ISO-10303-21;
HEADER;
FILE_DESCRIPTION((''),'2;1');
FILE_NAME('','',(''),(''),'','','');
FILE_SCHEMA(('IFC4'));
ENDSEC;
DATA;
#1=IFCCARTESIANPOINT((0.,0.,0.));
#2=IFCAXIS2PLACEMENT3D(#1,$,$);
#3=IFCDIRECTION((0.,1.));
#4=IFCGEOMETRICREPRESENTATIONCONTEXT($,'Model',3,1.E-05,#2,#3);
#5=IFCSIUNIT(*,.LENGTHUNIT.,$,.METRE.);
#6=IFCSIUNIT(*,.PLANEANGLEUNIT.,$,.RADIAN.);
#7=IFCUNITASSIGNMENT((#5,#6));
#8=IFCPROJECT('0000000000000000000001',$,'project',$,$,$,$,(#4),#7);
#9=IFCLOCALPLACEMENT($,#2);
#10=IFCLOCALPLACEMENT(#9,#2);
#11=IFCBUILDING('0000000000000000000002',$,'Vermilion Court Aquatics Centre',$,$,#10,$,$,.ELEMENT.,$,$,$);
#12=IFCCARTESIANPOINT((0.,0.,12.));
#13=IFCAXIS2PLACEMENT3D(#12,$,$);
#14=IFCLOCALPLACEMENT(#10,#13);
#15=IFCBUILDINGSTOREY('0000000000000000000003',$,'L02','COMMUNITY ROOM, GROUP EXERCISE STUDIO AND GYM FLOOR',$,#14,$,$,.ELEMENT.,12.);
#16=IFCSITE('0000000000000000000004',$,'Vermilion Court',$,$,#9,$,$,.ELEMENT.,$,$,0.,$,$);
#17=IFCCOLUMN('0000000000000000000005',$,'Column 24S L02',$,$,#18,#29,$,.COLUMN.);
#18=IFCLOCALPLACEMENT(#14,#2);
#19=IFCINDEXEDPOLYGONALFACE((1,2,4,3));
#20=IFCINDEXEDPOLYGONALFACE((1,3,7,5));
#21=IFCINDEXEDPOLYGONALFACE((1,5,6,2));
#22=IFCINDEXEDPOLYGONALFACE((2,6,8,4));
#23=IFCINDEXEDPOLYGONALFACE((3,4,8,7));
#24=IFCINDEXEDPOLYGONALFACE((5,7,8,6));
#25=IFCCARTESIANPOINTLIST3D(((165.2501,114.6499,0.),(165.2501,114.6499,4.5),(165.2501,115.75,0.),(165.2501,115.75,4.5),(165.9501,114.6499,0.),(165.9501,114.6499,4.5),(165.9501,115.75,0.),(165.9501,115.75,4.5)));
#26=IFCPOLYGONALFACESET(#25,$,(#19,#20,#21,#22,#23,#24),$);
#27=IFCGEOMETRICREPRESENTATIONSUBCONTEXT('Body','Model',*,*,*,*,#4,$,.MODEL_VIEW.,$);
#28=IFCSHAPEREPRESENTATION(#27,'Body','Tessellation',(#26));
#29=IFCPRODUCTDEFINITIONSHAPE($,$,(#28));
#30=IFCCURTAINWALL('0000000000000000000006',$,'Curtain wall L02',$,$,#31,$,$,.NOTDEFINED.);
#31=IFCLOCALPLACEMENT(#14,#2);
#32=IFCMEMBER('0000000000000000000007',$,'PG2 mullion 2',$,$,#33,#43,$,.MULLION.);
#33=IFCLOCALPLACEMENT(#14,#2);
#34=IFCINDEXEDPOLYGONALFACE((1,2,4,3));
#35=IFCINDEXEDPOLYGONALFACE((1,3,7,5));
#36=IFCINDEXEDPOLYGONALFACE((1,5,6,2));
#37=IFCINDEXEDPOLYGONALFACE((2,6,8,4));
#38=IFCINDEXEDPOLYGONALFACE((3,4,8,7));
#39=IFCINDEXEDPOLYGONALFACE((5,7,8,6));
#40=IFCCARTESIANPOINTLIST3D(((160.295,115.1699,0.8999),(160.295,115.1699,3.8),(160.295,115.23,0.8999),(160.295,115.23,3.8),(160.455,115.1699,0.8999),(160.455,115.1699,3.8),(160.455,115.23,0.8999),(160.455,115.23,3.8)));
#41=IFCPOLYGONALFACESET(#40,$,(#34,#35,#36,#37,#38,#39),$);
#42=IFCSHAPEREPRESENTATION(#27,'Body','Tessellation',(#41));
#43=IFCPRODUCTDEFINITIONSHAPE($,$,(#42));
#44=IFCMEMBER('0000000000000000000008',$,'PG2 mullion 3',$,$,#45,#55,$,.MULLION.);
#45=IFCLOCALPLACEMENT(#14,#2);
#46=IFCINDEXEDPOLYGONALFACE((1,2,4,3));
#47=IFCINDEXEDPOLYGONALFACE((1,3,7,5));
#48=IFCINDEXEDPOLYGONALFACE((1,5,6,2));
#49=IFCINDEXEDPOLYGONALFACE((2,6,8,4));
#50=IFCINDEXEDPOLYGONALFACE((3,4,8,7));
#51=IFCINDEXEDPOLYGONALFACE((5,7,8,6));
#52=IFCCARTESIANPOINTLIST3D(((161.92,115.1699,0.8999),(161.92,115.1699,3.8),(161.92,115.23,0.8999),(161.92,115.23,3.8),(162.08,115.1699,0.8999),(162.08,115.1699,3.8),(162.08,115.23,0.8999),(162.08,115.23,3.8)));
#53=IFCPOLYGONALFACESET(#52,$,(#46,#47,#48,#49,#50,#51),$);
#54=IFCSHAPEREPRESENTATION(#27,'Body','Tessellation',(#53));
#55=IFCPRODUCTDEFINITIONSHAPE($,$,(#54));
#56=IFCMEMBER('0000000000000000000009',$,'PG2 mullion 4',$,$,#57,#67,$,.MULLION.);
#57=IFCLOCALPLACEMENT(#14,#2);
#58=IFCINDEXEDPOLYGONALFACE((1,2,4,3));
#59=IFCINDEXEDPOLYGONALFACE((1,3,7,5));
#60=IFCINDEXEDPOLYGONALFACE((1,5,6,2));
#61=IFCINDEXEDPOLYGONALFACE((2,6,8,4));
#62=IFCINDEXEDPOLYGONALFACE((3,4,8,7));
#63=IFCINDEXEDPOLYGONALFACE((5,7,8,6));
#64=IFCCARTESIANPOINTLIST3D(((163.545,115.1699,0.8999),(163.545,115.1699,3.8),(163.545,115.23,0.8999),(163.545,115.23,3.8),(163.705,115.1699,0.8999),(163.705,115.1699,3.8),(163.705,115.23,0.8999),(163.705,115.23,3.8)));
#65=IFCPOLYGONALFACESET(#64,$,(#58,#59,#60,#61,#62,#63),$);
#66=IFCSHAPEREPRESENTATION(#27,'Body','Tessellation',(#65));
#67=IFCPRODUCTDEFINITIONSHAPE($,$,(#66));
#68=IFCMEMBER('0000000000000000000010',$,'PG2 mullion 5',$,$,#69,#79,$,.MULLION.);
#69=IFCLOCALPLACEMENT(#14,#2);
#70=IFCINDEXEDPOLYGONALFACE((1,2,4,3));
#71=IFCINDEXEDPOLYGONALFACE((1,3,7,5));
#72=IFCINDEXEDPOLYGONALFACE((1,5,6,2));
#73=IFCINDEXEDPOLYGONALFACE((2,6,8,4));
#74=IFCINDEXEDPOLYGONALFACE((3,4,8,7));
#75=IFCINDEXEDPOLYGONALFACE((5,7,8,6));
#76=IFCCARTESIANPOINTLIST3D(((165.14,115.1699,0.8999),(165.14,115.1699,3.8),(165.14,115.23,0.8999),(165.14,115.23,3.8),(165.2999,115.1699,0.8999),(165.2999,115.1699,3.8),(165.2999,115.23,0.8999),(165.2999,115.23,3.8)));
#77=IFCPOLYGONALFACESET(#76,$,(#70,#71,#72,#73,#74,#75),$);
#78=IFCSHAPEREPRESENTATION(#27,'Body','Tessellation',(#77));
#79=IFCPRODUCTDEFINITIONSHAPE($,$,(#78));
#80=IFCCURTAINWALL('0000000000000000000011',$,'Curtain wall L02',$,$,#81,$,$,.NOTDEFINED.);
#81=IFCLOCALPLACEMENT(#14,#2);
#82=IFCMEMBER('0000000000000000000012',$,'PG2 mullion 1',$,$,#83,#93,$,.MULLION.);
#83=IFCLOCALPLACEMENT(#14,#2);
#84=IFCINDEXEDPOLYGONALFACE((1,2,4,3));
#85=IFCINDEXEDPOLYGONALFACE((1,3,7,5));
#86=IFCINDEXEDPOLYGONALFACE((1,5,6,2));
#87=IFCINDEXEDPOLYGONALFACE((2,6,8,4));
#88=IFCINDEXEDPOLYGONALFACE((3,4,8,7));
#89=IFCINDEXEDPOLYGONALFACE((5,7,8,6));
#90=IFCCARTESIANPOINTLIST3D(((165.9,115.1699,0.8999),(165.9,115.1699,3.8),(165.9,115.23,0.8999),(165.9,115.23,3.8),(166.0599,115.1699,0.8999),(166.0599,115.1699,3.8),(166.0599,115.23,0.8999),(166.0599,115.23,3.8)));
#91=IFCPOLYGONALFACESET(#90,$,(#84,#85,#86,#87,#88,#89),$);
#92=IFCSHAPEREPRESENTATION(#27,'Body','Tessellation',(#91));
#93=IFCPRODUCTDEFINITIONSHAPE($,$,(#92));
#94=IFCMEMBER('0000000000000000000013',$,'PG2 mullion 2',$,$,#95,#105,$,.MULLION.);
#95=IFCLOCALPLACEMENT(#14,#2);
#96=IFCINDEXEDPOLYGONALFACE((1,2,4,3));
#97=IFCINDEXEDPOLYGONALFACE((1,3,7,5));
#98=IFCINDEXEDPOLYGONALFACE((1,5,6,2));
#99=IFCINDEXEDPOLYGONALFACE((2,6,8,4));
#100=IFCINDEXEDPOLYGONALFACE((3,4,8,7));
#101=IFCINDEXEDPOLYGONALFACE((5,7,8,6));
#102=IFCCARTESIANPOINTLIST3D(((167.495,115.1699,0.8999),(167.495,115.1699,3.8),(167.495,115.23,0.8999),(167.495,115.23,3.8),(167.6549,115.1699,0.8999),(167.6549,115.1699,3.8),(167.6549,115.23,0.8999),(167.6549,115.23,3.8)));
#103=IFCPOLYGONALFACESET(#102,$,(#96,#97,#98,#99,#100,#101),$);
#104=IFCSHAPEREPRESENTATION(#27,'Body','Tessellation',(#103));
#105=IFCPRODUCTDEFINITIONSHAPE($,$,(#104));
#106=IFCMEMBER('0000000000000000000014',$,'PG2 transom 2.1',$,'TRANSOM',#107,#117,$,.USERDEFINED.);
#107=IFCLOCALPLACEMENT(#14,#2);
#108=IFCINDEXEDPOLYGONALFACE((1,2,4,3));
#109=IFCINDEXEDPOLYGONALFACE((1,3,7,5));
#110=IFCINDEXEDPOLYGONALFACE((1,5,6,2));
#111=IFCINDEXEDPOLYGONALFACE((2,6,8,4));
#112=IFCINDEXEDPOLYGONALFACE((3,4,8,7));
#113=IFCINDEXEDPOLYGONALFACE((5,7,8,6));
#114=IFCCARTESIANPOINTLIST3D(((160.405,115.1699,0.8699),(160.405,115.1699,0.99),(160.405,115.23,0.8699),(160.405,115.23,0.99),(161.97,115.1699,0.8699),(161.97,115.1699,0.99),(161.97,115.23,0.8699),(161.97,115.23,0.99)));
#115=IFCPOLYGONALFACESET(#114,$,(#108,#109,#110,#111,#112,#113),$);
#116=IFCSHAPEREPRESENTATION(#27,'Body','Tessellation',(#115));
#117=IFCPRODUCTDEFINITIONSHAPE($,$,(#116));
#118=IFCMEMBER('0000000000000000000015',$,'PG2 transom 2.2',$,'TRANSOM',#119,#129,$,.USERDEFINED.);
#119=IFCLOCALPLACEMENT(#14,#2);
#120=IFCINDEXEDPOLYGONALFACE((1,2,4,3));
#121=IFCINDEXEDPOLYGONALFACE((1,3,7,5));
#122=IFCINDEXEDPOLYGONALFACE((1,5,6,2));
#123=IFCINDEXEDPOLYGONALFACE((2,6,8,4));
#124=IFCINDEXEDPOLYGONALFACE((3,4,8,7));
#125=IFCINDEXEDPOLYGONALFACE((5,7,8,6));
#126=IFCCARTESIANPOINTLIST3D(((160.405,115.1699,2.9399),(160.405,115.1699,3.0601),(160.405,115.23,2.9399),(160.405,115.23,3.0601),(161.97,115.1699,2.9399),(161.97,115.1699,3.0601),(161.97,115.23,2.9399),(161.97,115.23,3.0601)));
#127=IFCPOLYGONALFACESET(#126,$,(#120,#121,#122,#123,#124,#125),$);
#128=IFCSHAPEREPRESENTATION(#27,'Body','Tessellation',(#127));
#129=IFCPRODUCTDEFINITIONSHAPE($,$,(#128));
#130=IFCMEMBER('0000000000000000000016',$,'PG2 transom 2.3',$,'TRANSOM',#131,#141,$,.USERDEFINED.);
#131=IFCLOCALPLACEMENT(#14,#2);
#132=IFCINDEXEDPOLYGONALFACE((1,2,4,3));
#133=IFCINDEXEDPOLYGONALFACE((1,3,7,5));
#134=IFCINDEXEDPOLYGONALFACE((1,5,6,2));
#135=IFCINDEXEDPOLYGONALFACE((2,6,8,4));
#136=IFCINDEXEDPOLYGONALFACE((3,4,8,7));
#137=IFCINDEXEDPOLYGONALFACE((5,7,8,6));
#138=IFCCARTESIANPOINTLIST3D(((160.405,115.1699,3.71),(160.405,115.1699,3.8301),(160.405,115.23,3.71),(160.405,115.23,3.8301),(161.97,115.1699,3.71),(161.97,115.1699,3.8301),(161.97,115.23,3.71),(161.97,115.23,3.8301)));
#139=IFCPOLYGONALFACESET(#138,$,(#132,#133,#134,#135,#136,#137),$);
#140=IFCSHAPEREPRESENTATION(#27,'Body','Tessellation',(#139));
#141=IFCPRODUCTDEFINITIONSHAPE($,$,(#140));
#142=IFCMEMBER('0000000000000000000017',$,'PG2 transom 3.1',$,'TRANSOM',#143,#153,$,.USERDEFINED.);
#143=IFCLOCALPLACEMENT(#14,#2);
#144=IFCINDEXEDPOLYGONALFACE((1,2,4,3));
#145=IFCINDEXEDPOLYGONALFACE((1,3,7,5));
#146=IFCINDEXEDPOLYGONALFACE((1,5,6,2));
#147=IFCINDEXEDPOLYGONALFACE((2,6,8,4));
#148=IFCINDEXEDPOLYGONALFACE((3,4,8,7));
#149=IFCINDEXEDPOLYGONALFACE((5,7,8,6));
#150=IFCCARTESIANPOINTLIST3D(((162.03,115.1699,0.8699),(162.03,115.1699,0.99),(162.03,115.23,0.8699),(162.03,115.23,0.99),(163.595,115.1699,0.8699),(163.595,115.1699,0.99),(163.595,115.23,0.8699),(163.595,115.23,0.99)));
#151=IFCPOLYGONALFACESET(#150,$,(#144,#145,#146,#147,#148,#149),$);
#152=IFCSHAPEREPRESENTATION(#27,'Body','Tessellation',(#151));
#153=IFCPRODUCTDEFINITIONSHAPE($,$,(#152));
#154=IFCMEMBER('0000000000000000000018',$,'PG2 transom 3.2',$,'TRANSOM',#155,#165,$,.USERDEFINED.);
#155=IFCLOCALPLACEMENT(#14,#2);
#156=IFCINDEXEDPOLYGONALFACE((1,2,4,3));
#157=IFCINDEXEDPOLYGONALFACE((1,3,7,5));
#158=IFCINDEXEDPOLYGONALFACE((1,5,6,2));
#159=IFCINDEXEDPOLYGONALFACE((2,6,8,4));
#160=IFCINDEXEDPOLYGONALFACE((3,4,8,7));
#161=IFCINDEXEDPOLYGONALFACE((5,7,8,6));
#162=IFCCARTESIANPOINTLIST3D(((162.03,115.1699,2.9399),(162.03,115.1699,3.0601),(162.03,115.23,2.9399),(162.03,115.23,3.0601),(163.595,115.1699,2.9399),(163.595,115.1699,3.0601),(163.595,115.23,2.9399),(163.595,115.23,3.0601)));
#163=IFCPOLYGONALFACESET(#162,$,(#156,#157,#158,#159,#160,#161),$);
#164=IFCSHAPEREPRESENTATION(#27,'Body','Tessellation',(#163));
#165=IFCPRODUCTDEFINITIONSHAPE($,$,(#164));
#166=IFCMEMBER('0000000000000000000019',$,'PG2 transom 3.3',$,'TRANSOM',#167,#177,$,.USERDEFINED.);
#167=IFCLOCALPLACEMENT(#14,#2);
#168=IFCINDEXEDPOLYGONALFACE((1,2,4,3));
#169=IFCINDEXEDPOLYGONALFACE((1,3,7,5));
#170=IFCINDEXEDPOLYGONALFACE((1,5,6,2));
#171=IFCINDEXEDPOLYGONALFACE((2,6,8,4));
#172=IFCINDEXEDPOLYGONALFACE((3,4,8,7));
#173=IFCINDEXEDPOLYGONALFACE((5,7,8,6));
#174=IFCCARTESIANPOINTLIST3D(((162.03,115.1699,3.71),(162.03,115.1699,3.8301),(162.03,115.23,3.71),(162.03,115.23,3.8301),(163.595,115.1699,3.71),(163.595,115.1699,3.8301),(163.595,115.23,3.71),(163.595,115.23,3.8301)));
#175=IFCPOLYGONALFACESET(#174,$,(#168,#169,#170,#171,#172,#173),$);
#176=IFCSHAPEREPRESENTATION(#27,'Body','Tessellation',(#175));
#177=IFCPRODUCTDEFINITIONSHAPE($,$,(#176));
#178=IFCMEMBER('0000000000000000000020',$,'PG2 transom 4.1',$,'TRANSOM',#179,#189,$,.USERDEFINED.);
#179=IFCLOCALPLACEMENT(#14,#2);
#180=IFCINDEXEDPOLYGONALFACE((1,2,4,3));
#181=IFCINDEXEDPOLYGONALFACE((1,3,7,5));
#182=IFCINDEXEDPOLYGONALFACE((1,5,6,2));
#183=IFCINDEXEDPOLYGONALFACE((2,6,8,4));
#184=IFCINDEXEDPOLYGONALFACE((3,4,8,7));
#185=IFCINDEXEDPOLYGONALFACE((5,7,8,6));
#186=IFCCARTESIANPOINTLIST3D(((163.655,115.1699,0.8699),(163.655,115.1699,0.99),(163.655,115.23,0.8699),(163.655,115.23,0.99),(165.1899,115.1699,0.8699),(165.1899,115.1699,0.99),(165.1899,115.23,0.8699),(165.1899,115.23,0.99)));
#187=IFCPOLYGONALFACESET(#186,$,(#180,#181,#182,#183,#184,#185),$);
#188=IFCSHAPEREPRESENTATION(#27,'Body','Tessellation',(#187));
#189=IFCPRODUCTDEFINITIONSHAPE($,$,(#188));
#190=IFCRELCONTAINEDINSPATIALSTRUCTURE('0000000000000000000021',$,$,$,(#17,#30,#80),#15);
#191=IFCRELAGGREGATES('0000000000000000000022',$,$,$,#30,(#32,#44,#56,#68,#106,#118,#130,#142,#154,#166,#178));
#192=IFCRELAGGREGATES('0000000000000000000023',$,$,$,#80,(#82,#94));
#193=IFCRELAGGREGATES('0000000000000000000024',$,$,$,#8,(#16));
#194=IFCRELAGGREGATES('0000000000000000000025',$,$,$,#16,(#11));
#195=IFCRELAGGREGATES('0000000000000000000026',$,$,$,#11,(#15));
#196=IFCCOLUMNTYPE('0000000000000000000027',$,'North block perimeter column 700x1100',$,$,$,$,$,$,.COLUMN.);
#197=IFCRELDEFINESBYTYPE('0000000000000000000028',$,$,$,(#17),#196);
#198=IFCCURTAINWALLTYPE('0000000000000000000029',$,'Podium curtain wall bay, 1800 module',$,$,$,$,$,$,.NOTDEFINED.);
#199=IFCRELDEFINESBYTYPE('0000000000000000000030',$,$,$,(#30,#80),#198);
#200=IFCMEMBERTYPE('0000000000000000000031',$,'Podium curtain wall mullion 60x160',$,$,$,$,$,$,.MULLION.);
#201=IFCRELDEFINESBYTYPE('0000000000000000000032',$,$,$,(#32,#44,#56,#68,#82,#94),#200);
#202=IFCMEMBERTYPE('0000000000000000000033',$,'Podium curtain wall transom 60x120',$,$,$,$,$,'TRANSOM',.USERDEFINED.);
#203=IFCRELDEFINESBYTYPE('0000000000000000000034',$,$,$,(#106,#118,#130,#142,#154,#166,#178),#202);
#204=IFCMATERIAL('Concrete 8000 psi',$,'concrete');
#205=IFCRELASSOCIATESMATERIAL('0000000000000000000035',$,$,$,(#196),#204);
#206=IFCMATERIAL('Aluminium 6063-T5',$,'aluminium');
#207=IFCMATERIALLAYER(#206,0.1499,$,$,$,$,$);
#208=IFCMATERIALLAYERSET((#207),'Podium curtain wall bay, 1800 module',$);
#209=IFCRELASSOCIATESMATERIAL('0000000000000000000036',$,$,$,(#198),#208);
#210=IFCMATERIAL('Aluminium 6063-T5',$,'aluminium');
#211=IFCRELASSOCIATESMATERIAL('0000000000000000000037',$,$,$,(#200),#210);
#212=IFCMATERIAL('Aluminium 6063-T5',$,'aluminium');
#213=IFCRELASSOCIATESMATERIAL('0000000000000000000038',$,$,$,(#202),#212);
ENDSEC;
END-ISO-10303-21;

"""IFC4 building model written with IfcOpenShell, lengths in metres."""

from ifc_helpers import new_model, si_unit, direction, frame, origin, origin_2d, place, context, subcontext, project, spatial, rectangle, extrude, material, layer, layer_set, material_profile, profile_set, type_object, element, aggregate, save


model = new_model("IFC4")

# Units and contexts
model_context = context("Model", 3, precision=1e-05, world=origin(), true_north=direction((0.0, 1.0)))
body_context = subcontext(model_context, "Body", "Model", "MODEL_VIEW")
ifc_project = project(units=[si_unit("LENGTHUNIT", "METRE"), si_unit("PLANEANGLEUNIT", "RADIAN")], contexts=[model_context])

# Site, building, storey
site_placement = place(None, origin())
site = spatial("IfcSite", under=ifc_project, at=site_placement, Name="Vermilion Court", CompositionType="ELEMENT", RefElevation=0.0)
building_placement = place(site_placement, origin())
building = spatial("IfcBuilding", under=site, at=building_placement, Name="Vermilion Court Aquatics Centre", CompositionType="ELEMENT")
storey_placement = place(building_placement, frame((0.0, 0.0, 12.0)))
storey = spatial("IfcBuildingStorey", under=building, at=storey_placement, Name="L02", Description="COMMUNITY ROOM, GROUP EXERCISE STUDIO AND GYM FLOOR", CompositionType="ELEMENT", Elevation=12.0)

# Column
ifc_material_1 = material(Name="Concrete 8000 psi", Category="concrete")
ifc_material_profile_1 = material_profile(ifc_material_1, rectangle(XDim=0.7, YDim=1.1001, at=origin_2d()), Name="RC 700x1100")
ifc_profile_set_1 = profile_set([ifc_material_profile_1], Name="Concrete 8000 psi")
column_type = type_object("IfcColumnType", Name="North block perimeter column 700x1100", PredefinedType="COLUMN", material=ifc_profile_set_1)
column_placement = place(storey_placement, frame((165.6001, 115.2, 0.0), z_axis=(0.0, 0.0, 1.0), x_axis=(1.0, 0.0, 0.0)))
element("IfcColumn", 1, at=column_placement, inside=storey, type_object=column_type, Name="Column 24S L02", PredefinedType="COLUMN", context=body_context, shape_type="SweptSolid", body=[
    extrude(rectangle(XDim=0.7, YDim=1.1001, at=origin_2d()), origin(), (0.0, 0.0, 1.0), 4.5),
])

# Curtain walls, members
ifc_material_2 = material(Name="Aluminium 6063-T5", Category="aluminium")
ifc_layer_1 = layer(ifc_material_2, 0.1499)
ifc_layer_set_1 = layer_set([ifc_layer_1], Name="Podium curtain wall bay, 1800 module")
curtain_wall_type = type_object("IfcCurtainWallType", Name="Podium curtain wall bay, 1800 module", PredefinedType="NOTDEFINED", material=ifc_layer_set_1)
curtain_wall_1_placement = place(storey_placement, origin())
curtain_wall_1 = element("IfcCurtainWall", 2, at=curtain_wall_1_placement, inside=storey, type_object=curtain_wall_type, Name="Curtain wall L02", PredefinedType="NOTDEFINED")
ifc_material_3 = material(Name="Aluminium 6063-T5", Category="aluminium")
ifc_material_profile_2 = material_profile(ifc_material_3, rectangle(XDim=0.0601, YDim=0.1599, at=origin_2d()), Name="Mullion 60x160")
ifc_profile_set_2 = profile_set([ifc_material_profile_2], Name="Aluminium 6063-T5")
member_type_1 = type_object("IfcMemberType", Name="Podium curtain wall mullion 60x160", PredefinedType="MULLION", material=ifc_profile_set_2)
member_1_placement = place(storey_placement, frame((160.375, 115.2, 0.8999), z_axis=(0.0, 0.0, 1.0), x_axis=(0.0, 1.0, 0.0)))
member_1 = element("IfcMember", 3, at=member_1_placement, type_object=member_type_1, Name="PG2 mullion 2", PredefinedType="MULLION", context=body_context, shape_type="SweptSolid", body=[
    extrude(rectangle(XDim=0.0601, YDim=0.1599, at=origin_2d()), origin(), (0.0, 0.0, 1.0), 2.9001),
])
member_2_placement = place(storey_placement, frame((162.0, 115.2, 0.8999), z_axis=(0.0, 0.0, 1.0), x_axis=(0.0, 1.0, 0.0)))
member_2 = element("IfcMember", 4, at=member_2_placement, type_object=member_type_1, Name="PG2 mullion 3", PredefinedType="MULLION", context=body_context, shape_type="SweptSolid", body=[
    extrude(rectangle(XDim=0.0601, YDim=0.1599, at=origin_2d()), origin(), (0.0, 0.0, 1.0), 2.9001),
])
member_3_placement = place(storey_placement, frame((163.625, 115.2, 0.8999), z_axis=(0.0, 0.0, 1.0), x_axis=(0.0, 1.0, 0.0)))
member_3 = element("IfcMember", 5, at=member_3_placement, type_object=member_type_1, Name="PG2 mullion 4", PredefinedType="MULLION", context=body_context, shape_type="SweptSolid", body=[
    extrude(rectangle(XDim=0.0601, YDim=0.1599, at=origin_2d()), origin(), (0.0, 0.0, 1.0), 2.9001),
])
member_4_placement = place(storey_placement, frame((165.22, 115.2, 0.8999), z_axis=(0.0, 0.0, 1.0), x_axis=(0.0, 1.0, 0.0)))
member_4 = element("IfcMember", 6, at=member_4_placement, type_object=member_type_1, Name="PG2 mullion 5", PredefinedType="MULLION", context=body_context, shape_type="SweptSolid", body=[
    extrude(rectangle(XDim=0.0601, YDim=0.1599, at=origin_2d()), origin(), (0.0, 0.0, 1.0), 2.9001),
])
curtain_wall_2_placement = place(storey_placement, origin())
curtain_wall_2 = element("IfcCurtainWall", 7, at=curtain_wall_2_placement, inside=storey, type_object=curtain_wall_type, Name="Curtain wall L02", PredefinedType="NOTDEFINED")
member_5_placement = place(storey_placement, frame((165.98, 115.2, 0.8999), z_axis=(0.0, 0.0, 1.0), x_axis=(0.0, 1.0, 0.0)))
member_5 = element("IfcMember", 8, at=member_5_placement, type_object=member_type_1, Name="PG2 mullion 1", PredefinedType="MULLION", context=body_context, shape_type="SweptSolid", body=[
    extrude(rectangle(XDim=0.0601, YDim=0.1599, at=origin_2d()), origin(), (0.0, 0.0, 1.0), 2.9001),
])
member_6_placement = place(storey_placement, frame((167.575, 115.2, 0.8999), z_axis=(0.0, 0.0, 1.0), x_axis=(0.0, 1.0, 0.0)))
member_6 = element("IfcMember", 9, at=member_6_placement, type_object=member_type_1, Name="PG2 mullion 2", PredefinedType="MULLION", context=body_context, shape_type="SweptSolid", body=[
    extrude(rectangle(XDim=0.0601, YDim=0.1599, at=origin_2d()), origin(), (0.0, 0.0, 1.0), 2.9001),
])

# Members
ifc_material_4 = material(Name="Aluminium 6063-T5", Category="aluminium")
ifc_material_profile_3 = material_profile(ifc_material_4, rectangle(XDim=0.0601, YDim=0.1201, at=origin_2d()), Name="Transom 60x120")
ifc_profile_set_3 = profile_set([ifc_material_profile_3], Name="Aluminium 6063-T5")
member_type_2 = type_object("IfcMemberType", Name="Podium curtain wall transom 60x120", ElementType="TRANSOM", PredefinedType="USERDEFINED", material=ifc_profile_set_3)
member_7_placement = place(storey_placement, frame((160.405, 115.2, 0.9299), z_axis=(1.0, 0.0, 0.0), x_axis=(0.0, 1.0, 0.0)))
member_7 = element("IfcMember", 10, at=member_7_placement, type_object=member_type_2, Name="PG2 transom 2.1", ObjectType="TRANSOM", PredefinedType="USERDEFINED", context=body_context, shape_type="SweptSolid", body=[
    extrude(rectangle(XDim=0.0601, YDim=0.1201, at=origin_2d()), origin(), (0.0, 0.0, 1.0), 1.5649),
])
member_8_placement = place(storey_placement, frame((160.405, 115.2, 3.0), z_axis=(1.0, 0.0, 0.0), x_axis=(0.0, 1.0, 0.0)))
member_8 = element("IfcMember", 11, at=member_8_placement, type_object=member_type_2, Name="PG2 transom 2.2", ObjectType="TRANSOM", PredefinedType="USERDEFINED", context=body_context, shape_type="SweptSolid", body=[
    extrude(rectangle(XDim=0.0601, YDim=0.1201, at=origin_2d()), origin(), (0.0, 0.0, 1.0), 1.5649),
])
member_9_placement = place(storey_placement, frame((160.405, 115.2, 3.77), z_axis=(1.0, 0.0, 0.0), x_axis=(0.0, 1.0, 0.0)))
member_9 = element("IfcMember", 12, at=member_9_placement, type_object=member_type_2, Name="PG2 transom 2.3", ObjectType="TRANSOM", PredefinedType="USERDEFINED", context=body_context, shape_type="SweptSolid", body=[
    extrude(rectangle(XDim=0.0601, YDim=0.1201, at=origin_2d()), origin(), (0.0, 0.0, 1.0), 1.5649),
])
member_10_placement = place(storey_placement, frame((162.03, 115.2, 0.9299), z_axis=(1.0, 0.0, 0.0), x_axis=(0.0, 1.0, 0.0)))
member_10 = element("IfcMember", 13, at=member_10_placement, type_object=member_type_2, Name="PG2 transom 3.1", ObjectType="TRANSOM", PredefinedType="USERDEFINED", context=body_context, shape_type="SweptSolid", body=[
    extrude(rectangle(XDim=0.0601, YDim=0.1201, at=origin_2d()), origin(), (0.0, 0.0, 1.0), 1.5649),
])
member_11_placement = place(storey_placement, frame((162.03, 115.2, 3.0), z_axis=(1.0, 0.0, 0.0), x_axis=(0.0, 1.0, 0.0)))
member_11 = element("IfcMember", 14, at=member_11_placement, type_object=member_type_2, Name="PG2 transom 3.2", ObjectType="TRANSOM", PredefinedType="USERDEFINED", context=body_context, shape_type="SweptSolid", body=[
    extrude(rectangle(XDim=0.0601, YDim=0.1201, at=origin_2d()), origin(), (0.0, 0.0, 1.0), 1.5649),
])
member_12_placement = place(storey_placement, frame((162.03, 115.2, 3.77), z_axis=(1.0, 0.0, 0.0), x_axis=(0.0, 1.0, 0.0)))
member_12 = element("IfcMember", 15, at=member_12_placement, type_object=member_type_2, Name="PG2 transom 3.3", ObjectType="TRANSOM", PredefinedType="USERDEFINED", context=body_context, shape_type="SweptSolid", body=[
    extrude(rectangle(XDim=0.0601, YDim=0.1201, at=origin_2d()), origin(), (0.0, 0.0, 1.0), 1.5649),
])
member_13_placement = place(storey_placement, frame((163.655, 115.2, 0.9299), z_axis=(1.0, 0.0, 0.0), x_axis=(0.0, 1.0, 0.0)))
member_13 = element("IfcMember", 16, at=member_13_placement, type_object=member_type_2, Name="PG2 transom 4.1", ObjectType="TRANSOM", PredefinedType="USERDEFINED", context=body_context, shape_type="SweptSolid", body=[
    extrude(rectangle(XDim=0.0601, YDim=0.1201, at=origin_2d()), origin(), (0.0, 0.0, 1.0), 1.5349),
])

aggregate(curtain_wall_1, [member_1, member_2, member_3, member_4, member_7, member_8, member_9, member_10, member_11, member_12, member_13])
aggregate(curtain_wall_2, [member_5, member_6])

save(model, "model.ifc")
